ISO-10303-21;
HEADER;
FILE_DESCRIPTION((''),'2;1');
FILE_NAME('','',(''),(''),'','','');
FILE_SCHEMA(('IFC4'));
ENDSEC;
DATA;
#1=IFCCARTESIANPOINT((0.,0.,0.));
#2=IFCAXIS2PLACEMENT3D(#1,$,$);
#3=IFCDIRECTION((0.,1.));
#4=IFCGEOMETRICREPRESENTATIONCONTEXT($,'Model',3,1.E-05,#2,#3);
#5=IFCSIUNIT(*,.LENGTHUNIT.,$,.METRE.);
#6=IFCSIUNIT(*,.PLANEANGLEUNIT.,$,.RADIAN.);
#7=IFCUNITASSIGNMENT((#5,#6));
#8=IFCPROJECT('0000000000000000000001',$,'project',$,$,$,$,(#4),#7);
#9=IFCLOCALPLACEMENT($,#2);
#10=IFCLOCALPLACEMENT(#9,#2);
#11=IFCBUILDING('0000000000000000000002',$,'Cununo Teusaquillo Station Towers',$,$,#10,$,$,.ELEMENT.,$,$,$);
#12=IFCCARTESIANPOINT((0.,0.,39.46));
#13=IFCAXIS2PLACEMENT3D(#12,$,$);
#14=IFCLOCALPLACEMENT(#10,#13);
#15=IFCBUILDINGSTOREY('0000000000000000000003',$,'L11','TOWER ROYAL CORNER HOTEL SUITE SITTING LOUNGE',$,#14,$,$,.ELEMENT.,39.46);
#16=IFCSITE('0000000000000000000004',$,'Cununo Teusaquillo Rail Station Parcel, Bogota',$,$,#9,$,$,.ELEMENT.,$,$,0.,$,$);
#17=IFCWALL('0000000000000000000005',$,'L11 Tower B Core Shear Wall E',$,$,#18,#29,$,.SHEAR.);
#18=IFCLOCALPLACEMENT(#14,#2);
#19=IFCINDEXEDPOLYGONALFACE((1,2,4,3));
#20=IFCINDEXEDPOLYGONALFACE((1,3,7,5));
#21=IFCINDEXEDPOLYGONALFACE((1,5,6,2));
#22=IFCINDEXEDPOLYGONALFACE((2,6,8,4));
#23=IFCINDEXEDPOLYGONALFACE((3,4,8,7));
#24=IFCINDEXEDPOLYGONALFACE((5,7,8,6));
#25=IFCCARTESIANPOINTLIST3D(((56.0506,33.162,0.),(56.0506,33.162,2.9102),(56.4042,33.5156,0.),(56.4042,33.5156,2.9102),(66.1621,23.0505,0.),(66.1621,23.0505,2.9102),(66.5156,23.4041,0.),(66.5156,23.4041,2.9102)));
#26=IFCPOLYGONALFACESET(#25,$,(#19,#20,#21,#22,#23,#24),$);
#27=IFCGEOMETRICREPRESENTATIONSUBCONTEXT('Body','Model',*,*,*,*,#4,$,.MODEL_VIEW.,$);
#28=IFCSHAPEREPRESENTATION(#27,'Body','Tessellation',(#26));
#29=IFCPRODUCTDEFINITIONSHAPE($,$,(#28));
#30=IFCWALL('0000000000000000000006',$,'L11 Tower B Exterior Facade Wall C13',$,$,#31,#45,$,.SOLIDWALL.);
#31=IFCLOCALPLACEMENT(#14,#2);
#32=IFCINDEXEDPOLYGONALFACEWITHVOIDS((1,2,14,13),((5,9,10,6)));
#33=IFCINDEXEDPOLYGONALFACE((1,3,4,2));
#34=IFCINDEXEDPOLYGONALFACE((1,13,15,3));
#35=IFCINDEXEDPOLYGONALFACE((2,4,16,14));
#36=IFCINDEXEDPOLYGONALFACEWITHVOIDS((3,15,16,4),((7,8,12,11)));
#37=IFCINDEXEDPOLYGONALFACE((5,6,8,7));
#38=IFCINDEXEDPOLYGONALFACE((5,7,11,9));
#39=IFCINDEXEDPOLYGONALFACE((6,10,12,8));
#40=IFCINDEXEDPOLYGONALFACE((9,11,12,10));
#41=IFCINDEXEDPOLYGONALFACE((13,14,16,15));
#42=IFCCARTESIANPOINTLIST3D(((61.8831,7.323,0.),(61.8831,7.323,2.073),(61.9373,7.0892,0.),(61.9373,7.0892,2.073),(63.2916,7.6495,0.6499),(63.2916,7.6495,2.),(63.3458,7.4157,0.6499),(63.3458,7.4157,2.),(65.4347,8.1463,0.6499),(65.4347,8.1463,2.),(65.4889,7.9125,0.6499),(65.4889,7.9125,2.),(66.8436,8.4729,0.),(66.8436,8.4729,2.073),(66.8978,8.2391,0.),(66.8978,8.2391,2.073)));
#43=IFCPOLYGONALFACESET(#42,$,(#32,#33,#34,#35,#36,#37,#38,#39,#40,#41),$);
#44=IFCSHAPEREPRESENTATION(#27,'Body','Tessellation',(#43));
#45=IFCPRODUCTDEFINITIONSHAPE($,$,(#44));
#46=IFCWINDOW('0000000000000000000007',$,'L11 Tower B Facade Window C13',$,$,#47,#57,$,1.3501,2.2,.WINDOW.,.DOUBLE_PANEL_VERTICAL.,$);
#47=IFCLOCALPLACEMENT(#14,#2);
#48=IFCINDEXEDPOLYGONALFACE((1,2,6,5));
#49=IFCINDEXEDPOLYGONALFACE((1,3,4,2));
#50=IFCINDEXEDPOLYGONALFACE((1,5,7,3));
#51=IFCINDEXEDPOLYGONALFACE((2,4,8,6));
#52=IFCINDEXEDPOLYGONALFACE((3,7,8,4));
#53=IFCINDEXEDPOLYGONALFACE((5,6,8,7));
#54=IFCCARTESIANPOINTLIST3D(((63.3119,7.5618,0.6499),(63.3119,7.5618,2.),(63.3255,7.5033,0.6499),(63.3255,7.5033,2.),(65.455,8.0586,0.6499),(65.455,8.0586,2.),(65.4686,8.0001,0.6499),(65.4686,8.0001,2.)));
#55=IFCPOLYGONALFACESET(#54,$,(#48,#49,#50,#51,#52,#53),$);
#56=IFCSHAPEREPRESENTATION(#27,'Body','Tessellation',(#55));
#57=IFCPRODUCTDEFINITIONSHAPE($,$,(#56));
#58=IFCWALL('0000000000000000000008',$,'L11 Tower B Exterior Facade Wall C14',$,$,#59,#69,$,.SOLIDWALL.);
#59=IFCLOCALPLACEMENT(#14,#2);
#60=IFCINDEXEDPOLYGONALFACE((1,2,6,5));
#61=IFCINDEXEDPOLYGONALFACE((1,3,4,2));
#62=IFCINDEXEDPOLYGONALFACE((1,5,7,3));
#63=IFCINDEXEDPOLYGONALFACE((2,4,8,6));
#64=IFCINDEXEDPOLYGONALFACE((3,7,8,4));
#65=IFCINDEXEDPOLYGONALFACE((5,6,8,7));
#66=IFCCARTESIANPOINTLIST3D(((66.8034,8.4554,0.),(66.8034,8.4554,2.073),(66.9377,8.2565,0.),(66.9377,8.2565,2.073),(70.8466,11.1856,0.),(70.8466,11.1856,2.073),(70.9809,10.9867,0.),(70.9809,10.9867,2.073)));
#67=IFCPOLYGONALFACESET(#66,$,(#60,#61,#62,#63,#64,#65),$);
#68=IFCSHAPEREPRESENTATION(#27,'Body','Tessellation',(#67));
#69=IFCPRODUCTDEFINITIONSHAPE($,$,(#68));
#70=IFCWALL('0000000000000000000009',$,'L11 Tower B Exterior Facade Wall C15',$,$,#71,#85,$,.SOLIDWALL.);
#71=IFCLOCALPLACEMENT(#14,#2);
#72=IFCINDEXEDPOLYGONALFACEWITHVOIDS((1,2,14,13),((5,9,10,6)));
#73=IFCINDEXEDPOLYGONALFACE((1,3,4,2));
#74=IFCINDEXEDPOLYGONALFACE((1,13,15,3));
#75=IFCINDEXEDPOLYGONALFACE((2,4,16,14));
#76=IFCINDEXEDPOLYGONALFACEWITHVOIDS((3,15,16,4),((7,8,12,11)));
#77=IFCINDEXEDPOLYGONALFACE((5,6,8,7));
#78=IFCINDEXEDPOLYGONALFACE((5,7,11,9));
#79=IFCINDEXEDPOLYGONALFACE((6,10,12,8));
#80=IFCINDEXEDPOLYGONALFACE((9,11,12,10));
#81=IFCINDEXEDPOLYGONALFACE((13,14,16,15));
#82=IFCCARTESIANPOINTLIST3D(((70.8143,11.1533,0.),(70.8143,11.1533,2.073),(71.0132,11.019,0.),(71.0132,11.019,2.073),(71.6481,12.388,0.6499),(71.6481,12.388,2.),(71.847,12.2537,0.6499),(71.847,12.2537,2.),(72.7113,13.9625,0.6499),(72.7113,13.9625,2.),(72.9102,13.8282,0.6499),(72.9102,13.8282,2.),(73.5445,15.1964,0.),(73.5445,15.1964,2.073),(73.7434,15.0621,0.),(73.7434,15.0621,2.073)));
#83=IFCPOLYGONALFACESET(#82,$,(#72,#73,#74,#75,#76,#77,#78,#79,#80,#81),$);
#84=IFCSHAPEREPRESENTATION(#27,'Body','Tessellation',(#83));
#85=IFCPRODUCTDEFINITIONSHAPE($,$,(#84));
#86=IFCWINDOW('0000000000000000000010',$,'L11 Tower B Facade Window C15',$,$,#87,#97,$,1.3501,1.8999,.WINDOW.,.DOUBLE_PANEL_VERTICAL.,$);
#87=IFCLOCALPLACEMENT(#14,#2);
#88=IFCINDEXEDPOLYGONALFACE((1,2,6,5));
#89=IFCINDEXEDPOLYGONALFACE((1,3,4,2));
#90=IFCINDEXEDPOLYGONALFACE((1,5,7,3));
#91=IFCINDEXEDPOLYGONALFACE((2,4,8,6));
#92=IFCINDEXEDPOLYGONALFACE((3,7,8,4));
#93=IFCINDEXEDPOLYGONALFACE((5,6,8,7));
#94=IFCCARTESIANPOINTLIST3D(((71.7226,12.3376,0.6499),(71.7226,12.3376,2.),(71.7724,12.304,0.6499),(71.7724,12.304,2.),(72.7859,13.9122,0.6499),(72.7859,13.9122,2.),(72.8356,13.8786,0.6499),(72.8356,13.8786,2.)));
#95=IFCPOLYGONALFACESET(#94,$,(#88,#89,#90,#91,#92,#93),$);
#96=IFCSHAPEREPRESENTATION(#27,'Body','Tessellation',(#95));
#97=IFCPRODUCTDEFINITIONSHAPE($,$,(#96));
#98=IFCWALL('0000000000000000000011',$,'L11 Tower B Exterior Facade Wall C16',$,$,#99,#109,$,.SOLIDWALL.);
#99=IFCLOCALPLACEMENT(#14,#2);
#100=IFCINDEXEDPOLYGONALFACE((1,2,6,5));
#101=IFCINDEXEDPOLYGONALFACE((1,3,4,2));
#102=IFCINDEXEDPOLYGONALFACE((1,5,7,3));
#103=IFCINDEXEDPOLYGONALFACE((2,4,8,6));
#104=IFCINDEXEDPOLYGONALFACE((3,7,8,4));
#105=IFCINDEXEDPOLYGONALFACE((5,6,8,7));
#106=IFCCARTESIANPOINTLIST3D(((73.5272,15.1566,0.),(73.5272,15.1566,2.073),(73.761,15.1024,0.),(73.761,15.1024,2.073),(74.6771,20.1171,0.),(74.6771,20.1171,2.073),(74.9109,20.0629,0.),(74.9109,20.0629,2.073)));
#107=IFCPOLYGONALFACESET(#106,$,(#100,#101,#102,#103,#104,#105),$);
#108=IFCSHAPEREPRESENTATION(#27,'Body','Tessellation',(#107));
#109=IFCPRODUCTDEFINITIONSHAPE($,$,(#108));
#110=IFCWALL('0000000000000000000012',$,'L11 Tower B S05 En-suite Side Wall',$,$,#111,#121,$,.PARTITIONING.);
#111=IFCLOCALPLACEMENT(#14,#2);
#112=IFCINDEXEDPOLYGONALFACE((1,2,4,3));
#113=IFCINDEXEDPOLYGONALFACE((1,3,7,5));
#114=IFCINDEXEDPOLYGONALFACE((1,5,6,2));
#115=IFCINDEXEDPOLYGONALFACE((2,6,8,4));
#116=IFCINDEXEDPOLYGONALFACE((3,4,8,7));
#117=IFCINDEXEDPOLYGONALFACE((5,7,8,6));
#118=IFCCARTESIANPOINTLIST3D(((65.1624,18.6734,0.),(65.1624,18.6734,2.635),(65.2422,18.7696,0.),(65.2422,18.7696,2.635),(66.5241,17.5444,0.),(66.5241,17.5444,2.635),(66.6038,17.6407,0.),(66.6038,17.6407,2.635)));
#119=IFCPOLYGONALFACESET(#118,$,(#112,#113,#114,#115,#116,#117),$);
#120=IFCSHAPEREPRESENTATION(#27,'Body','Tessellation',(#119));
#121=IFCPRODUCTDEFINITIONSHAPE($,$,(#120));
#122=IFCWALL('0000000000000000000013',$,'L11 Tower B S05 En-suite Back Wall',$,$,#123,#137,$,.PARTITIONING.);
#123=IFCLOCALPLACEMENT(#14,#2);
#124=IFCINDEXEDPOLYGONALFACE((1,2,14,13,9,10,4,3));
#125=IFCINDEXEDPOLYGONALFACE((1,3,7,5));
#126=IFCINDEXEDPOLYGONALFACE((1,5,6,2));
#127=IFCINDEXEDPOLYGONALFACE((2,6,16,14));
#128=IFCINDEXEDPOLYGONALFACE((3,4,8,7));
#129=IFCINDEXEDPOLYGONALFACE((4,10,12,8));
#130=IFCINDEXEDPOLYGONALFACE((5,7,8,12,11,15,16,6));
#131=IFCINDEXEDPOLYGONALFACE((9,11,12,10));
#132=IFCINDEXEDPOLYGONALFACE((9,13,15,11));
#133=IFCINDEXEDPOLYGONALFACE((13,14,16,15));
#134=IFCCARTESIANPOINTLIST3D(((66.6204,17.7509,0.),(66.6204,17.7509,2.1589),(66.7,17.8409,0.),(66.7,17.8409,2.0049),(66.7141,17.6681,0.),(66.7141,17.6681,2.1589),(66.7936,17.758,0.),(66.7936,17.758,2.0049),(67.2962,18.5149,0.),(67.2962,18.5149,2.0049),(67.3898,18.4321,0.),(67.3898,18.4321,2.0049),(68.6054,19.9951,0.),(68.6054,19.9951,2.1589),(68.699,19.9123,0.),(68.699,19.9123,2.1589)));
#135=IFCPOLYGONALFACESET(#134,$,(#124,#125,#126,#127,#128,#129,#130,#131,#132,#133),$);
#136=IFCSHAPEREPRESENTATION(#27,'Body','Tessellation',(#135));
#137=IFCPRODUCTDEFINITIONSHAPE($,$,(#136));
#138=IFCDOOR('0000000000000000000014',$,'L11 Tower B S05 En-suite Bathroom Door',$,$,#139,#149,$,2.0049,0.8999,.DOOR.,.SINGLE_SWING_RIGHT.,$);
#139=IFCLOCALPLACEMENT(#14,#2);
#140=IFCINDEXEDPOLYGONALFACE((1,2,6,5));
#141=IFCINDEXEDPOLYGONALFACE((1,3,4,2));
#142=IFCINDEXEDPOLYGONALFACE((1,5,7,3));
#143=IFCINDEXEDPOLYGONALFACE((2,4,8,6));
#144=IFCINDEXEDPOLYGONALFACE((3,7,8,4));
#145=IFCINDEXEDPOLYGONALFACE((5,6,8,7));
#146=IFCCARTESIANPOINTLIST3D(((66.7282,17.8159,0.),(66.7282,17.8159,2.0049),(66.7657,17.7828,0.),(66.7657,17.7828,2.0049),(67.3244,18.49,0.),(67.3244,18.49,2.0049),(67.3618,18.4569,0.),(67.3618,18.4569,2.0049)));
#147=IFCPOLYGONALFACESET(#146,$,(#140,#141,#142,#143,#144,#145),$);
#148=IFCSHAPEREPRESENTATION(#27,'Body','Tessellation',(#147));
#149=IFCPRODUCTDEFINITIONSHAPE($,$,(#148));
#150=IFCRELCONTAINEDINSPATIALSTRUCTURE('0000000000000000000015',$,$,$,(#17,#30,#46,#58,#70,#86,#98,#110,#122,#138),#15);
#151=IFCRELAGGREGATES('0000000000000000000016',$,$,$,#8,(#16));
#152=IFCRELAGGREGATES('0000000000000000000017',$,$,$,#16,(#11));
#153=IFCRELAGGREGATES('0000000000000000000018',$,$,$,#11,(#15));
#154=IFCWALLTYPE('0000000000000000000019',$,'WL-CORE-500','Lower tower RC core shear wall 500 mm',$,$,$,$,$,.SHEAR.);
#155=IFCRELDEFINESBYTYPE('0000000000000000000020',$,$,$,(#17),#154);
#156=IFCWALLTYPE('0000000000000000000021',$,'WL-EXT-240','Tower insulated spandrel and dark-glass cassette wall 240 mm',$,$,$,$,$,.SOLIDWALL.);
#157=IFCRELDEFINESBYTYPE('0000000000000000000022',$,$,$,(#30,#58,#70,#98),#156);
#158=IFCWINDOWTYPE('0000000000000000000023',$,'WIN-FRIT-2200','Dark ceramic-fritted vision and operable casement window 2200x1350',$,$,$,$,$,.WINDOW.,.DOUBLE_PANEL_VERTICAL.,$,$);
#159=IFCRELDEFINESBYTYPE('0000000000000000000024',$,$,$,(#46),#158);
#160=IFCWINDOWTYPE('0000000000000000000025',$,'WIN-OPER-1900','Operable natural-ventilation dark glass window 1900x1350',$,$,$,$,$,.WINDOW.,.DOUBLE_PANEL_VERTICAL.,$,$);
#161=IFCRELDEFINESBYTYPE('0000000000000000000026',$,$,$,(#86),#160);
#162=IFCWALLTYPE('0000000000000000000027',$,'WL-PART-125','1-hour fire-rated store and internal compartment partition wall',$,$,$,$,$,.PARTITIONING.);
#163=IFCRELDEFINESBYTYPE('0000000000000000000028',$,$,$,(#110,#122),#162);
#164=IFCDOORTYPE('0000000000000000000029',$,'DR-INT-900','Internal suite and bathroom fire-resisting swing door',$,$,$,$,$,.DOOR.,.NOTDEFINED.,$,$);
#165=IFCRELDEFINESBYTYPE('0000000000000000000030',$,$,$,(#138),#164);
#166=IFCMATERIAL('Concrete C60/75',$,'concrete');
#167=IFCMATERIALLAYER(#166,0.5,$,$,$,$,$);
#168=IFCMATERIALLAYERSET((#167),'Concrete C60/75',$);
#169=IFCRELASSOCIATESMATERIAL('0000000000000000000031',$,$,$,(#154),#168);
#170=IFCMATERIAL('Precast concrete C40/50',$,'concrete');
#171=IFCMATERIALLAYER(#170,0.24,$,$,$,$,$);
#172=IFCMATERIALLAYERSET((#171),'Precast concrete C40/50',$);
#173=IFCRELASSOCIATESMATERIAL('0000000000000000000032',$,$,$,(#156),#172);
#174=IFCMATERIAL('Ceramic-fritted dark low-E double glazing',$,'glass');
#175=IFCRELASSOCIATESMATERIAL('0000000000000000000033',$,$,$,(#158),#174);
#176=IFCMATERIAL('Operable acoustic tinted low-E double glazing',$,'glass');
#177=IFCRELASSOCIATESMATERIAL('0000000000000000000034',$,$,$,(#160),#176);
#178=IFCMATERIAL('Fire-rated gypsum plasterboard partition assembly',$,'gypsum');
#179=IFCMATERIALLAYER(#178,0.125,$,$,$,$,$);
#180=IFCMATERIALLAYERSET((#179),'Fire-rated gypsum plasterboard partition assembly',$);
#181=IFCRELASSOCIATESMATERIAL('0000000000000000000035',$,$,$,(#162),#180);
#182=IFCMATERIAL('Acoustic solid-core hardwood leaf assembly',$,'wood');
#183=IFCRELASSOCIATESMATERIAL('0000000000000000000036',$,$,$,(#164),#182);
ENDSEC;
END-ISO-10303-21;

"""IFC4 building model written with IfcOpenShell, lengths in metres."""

from ifc_helpers import new_model, si_unit, direction, frame, frame_2d, origin, place, context, subcontext, project, spatial, rectangle, extrude, source, transform, mapped, material, layer, layer_set, type_object, element, fill, save


model = new_model("IFC4")

# Units and contexts
model_context = context("Model", 3, precision=1e-05, world=origin(), true_north=direction((0.0, 1.0)))
body_context = subcontext(model_context, "Body", "Model", "MODEL_VIEW")
ifc_project = project(units=[si_unit("LENGTHUNIT", "METRE"), si_unit("PLANEANGLEUNIT", "RADIAN")], contexts=[model_context])

# Site, building, storey
site_placement = place(None, origin())
site = spatial("IfcSite", under=ifc_project, at=site_placement, Name="Cununo Teusaquillo Rail Station Parcel, Bogota", CompositionType="ELEMENT", RefElevation=0.0)
building_placement = place(site_placement, origin())
building = spatial("IfcBuilding", under=site, at=building_placement, Name="Cununo Teusaquillo Station Towers", CompositionType="ELEMENT")
storey_placement = place(building_placement, frame((0.0, 0.0, 39.46)))
storey = spatial("IfcBuildingStorey", under=building, at=storey_placement, Name="L11", Description="TOWER ROYAL CORNER HOTEL SUITE SITTING LOUNGE", CompositionType="ELEMENT", Elevation=39.46)

# Wall
ifc_material_1 = material(Name="Concrete C60/75", Category="concrete")
ifc_layer_1 = layer(ifc_material_1, 0.5)
ifc_layer_set_1 = layer_set([ifc_layer_1], Name="Concrete C60/75")
wall_type_1 = type_object("IfcWallType", Name="WL-CORE-500", Description="Lower tower RC core shear wall 500 mm", PredefinedType="SHEAR", material=ifc_layer_set_1)
wall_1_placement = place(storey_placement, frame((66.3389, 23.2273, 0.0), z_axis=(0.0, 0.0, 1.0), x_axis=(-0.707107, 0.707107, 0.0)))
element("IfcWall", 1, at=wall_1_placement, inside=storey, type_object=wall_type_1, Name="L11 Tower B Core Shear Wall E", PredefinedType="SHEAR", context=body_context, shape_type="SweptSolid", body=[
    extrude(rectangle(XDim=14.2998, YDim=0.5, at=frame_2d((7.1499, 0.0))), origin(), (0.0, 0.0, 1.0), 2.9102),
])

# Wall, opening, window
ifc_material_2 = material(Name="Precast concrete C40/50", Category="concrete")
ifc_layer_2 = layer(ifc_material_2, 0.24)
ifc_layer_set_2 = layer_set([ifc_layer_2], Name="Precast concrete C40/50")
wall_type_2 = type_object("IfcWallType", Name="WL-EXT-240", Description="Tower insulated spandrel and dark-glass cassette wall 240 mm", PredefinedType="SOLIDWALL", material=ifc_layer_set_2)
wall_2_placement = place(storey_placement, frame((66.8706, 8.356, 0.0), z_axis=(0.0, 0.0, 1.0), x_axis=(-0.974168, -0.225826, 0.0)))
wall_2 = element("IfcWall", 2, at=wall_2_placement, inside=storey, type_object=wall_type_2, Name="L11 Tower B Exterior Facade Wall C13", PredefinedType="SOLIDWALL", context=body_context, shape_type="SweptSolid", body=[
    extrude(rectangle(XDim=5.092, YDim=0.24, at=frame_2d((2.5459, 0.0))), origin(), (0.0, 0.0, 1.0), 2.073),
])
shared_shape_1 = source(origin(), body_context, "Body", "SweptSolid", [
    extrude(rectangle(XDim=2.2, YDim=1.3501, at=frame_2d((1.1001, 0.675))), frame((0.0, 0.1299, 0.0), z_axis=(0.0, -1.0, 0.0), x_axis=(1.0, 0.0, 0.0)), (0.0, 0.0, 1.0), 0.26),
])
opening_1_placement = place(wall_2_placement, frame((1.446, 0.0, 0.6499)))
opening_1 = element("IfcOpeningElement", 3, at=opening_1_placement, cuts=wall_2, PredefinedType="OPENING", context=body_context, shape_type="MappedRepresentation", body=[
    mapped(shared_shape_1, transform((0.0, 0.0, 0.0), x_axis=(1.0, 0.0, 0.0), y_axis=(0.0, 1.0, 0.0), z_axis=(0.0, 0.0, 1.0), scale=1.0)),
])
ifc_material_3 = material(Name="Ceramic-fritted dark low-E double glazing", Category="glass")
window_type_1 = type_object("IfcWindowType", Name="WIN-FRIT-2200", Description="Dark ceramic-fritted vision and operable casement window 2200x1350", PartitioningType="DOUBLE_PANEL_VERTICAL", PredefinedType="WINDOW", material=ifc_material_3)
shared_shape_2 = source(origin(), body_context, "Body", "SweptSolid", [
    extrude(rectangle(XDim=2.2, YDim=1.3501, at=frame_2d((1.1001, 0.675))), frame((0.0, 0.03, 0.0), z_axis=(0.0, -1.0, 0.0), x_axis=(1.0, 0.0, 0.0)), (0.0, 0.0, 1.0), 0.0601),
])
window_1_placement = place(opening_1_placement, origin())
window_1 = element("IfcWindow", 4, at=window_1_placement, inside=storey, type_object=window_type_1, Name="L11 Tower B Facade Window C13", OverallHeight=1.3501, OverallWidth=2.2, PartitioningType="DOUBLE_PANEL_VERTICAL", PredefinedType="WINDOW", context=body_context, shape_type="MappedRepresentation", body=[
    mapped(shared_shape_2, transform((0.0, 0.0, 0.0), x_axis=(1.0, 0.0, 0.0), y_axis=(0.0, 1.0, 0.0), z_axis=(0.0, 0.0, 1.0), scale=1.0)),
])
fill(opening_1, window_1)

# Wall
wall_3_placement = place(storey_placement, frame((70.9138, 11.0862, 0.0), z_axis=(0.0, 0.0, 1.0), x_axis=(-0.828748, -0.559622, 0.0)))
element("IfcWall", 5, at=wall_3_placement, inside=storey, type_object=wall_type_2, Name="L11 Tower B Exterior Facade Wall C14", PredefinedType="SOLIDWALL", context=body_context, shape_type="SweptSolid", body=[
    extrude(rectangle(XDim=4.8787, YDim=0.24, at=frame_2d((2.4395, 0.0))), origin(), (0.0, 0.0, 1.0), 2.073),
])

# Wall, opening, window
wall_4_placement = place(storey_placement, frame((73.644, 15.1294, 0.0), z_axis=(0.0, 0.0, 1.0), x_axis=(-0.559622, -0.828748, 0.0)))
wall_4 = element("IfcWall", 6, at=wall_4_placement, inside=storey, type_object=wall_type_2, Name="L11 Tower B Exterior Facade Wall C15", PredefinedType="SOLIDWALL", context=body_context, shape_type="SweptSolid", body=[
    extrude(rectangle(XDim=4.8787, YDim=0.24, at=frame_2d((2.4395, 0.0))), origin(), (0.0, 0.0, 1.0), 2.073),
])
shared_shape_3 = source(origin(), body_context, "Body", "SweptSolid", [
    extrude(rectangle(XDim=1.8999, YDim=1.3501, at=frame_2d((0.95, 0.675))), frame((0.0, 0.1299, 0.0), z_axis=(0.0, -1.0, 0.0), x_axis=(1.0, 0.0, 0.0)), (0.0, 0.0, 1.0), 0.26),
])
opening_2_placement = place(wall_4_placement, frame((1.489, 0.0, 0.6499)))
opening_2 = element("IfcOpeningElement", 7, at=opening_2_placement, cuts=wall_4, PredefinedType="OPENING", context=body_context, shape_type="MappedRepresentation", body=[
    mapped(shared_shape_3, transform((0.0, 0.0, 0.0), x_axis=(1.0, 0.0, 0.0), y_axis=(0.0, 1.0, 0.0), z_axis=(0.0, 0.0, 1.0), scale=1.0)),
])
ifc_material_4 = material(Name="Operable acoustic tinted low-E double glazing", Category="glass")
window_type_2 = type_object("IfcWindowType", Name="WIN-OPER-1900", Description="Operable natural-ventilation dark glass window 1900x1350", PartitioningType="DOUBLE_PANEL_VERTICAL", PredefinedType="WINDOW", material=ifc_material_4)
shared_shape_4 = source(origin(), body_context, "Body", "SweptSolid", [
    extrude(rectangle(XDim=1.8999, YDim=1.3501, at=frame_2d((0.95, 0.675))), frame((0.0, 0.03, 0.0), z_axis=(0.0, -1.0, 0.0), x_axis=(1.0, 0.0, 0.0)), (0.0, 0.0, 1.0), 0.0601),
])
window_2_placement = place(opening_2_placement, origin())
window_2 = element("IfcWindow", 8, at=window_2_placement, inside=storey, type_object=window_type_2, Name="L11 Tower B Facade Window C15", OverallHeight=1.3501, OverallWidth=1.8999, PartitioningType="DOUBLE_PANEL_VERTICAL", PredefinedType="WINDOW", context=body_context, shape_type="MappedRepresentation", body=[
    mapped(shared_shape_4, transform((0.0, 0.0, 0.0), x_axis=(1.0, 0.0, 0.0), y_axis=(0.0, 1.0, 0.0), z_axis=(0.0, 0.0, 1.0), scale=1.0)),
])
fill(opening_2, window_2)

# Walls
wall_5_placement = place(storey_placement, frame((74.7939, 20.0898, 0.0), z_axis=(0.0, 0.0, 1.0), x_axis=(-0.225826, -0.974168, 0.0)))
element("IfcWall", 9, at=wall_5_placement, inside=storey, type_object=wall_type_2, Name="L11 Tower B Exterior Facade Wall C16", PredefinedType="SOLIDWALL", context=body_context, shape_type="SweptSolid", body=[
    extrude(rectangle(XDim=5.092, YDim=0.24, at=frame_2d((2.5459, 0.0))), origin(), (0.0, 0.0, 1.0), 2.073),
])
ifc_material_5 = material(Name="Fire-rated gypsum plasterboard partition assembly", Category="gypsum")
ifc_layer_3 = layer(ifc_material_5, 0.125)
ifc_layer_set_3 = layer_set([ifc_layer_3], Name="Fire-rated gypsum plasterboard partition assembly")
wall_type_3 = type_object("IfcWallType", Name="WL-PART-125", Description="1-hour fire-rated store and internal compartment partition wall", PredefinedType="PARTITIONING", material=ifc_layer_set_3)
wall_6_placement = place(storey_placement, frame((65.2024, 18.7214, 0.0), z_axis=(0.0, 0.0, 1.0), x_axis=(0.769814, -0.638268, 0.0)))
element("IfcWall", 10, at=wall_6_placement, inside=storey, type_object=wall_type_3, Name="L11 Tower B S05 En-suite Side Wall", PredefinedType="PARTITIONING", context=body_context, shape_type="SweptSolid", body=[
    extrude(rectangle(XDim=1.7688, YDim=0.125, at=frame_2d((0.8843, 0.0))), origin(), (0.0, 0.0, 1.0), 2.635),
])

# Wall, opening, door
wall_7_placement = place(storey_placement, frame((66.6672, 17.7095, 0.0), z_axis=(0.0, 0.0, 1.0), x_axis=(0.662511, 0.749053, 0.0)))
wall_7 = element("IfcWall", 11, at=wall_7_placement, inside=storey, type_object=wall_type_3, Name="L11 Tower B S05 En-suite Back Wall", PredefinedType="PARTITIONING", context=body_context, shape_type="SweptSolid", body=[
    extrude(rectangle(XDim=2.9961, YDim=0.125, at=frame_2d((1.498, 0.0))), origin(), (0.0, 0.0, 1.0), 2.1589),
])
shared_shape_5 = source(origin(), body_context, "Body", "SweptSolid", [
    extrude(rectangle(XDim=0.8999, YDim=2.0049, at=frame_2d((0.45, 1.0024))), frame((0.0, 0.0725, 0.0), z_axis=(0.0, -1.0, 0.0), x_axis=(1.0, 0.0, 0.0)), (0.0, 0.0, 1.0), 0.145),
])
opening_3_placement = place(wall_7_placement, frame((0.1201, 0.0, 0.0)))
opening_3 = element("IfcOpeningElement", 12, at=opening_3_placement, cuts=wall_7, PredefinedType="OPENING", context=body_context, shape_type="MappedRepresentation", body=[
    mapped(shared_shape_5, transform((0.0, 0.0, 0.0), x_axis=(1.0, 0.0, 0.0), y_axis=(0.0, 1.0, 0.0), z_axis=(0.0, 0.0, 1.0), scale=1.0)),
])
ifc_material_6 = material(Name="Acoustic solid-core hardwood leaf assembly", Category="wood")
door_type_1 = type_object("IfcDoorType", Name="DR-INT-900", Description="Internal suite and bathroom fire-resisting swing door", OperationType="NOTDEFINED", PredefinedType="DOOR", material=ifc_material_6)
shared_shape_6 = source(origin(), body_context, "Body", "SweptSolid", [
    extrude(rectangle(XDim=0.8999, YDim=2.0049, at=frame_2d((0.45, 1.0024))), frame((0.0, 0.0249, 0.0), z_axis=(0.0, -1.0, 0.0), x_axis=(1.0, 0.0, 0.0)), (0.0, 0.0, 1.0), 0.05),
])
door_1_placement = place(opening_3_placement, origin())
door_1 = element("IfcDoor", 13, at=door_1_placement, inside=storey, type_object=door_type_1, Name="L11 Tower B S05 En-suite Bathroom Door", OperationType="SINGLE_SWING_RIGHT", OverallHeight=2.0049, OverallWidth=0.8999, PredefinedType="DOOR", context=body_context, shape_type="MappedRepresentation", body=[
    mapped(shared_shape_6, transform((0.0, 0.0, 0.0), x_axis=(1.0, 0.0, 0.0), y_axis=(0.0, 1.0, 0.0), z_axis=(0.0, 0.0, 1.0), scale=1.0)),
])
fill(opening_3, door_1)

save(model, "model.ifc")
